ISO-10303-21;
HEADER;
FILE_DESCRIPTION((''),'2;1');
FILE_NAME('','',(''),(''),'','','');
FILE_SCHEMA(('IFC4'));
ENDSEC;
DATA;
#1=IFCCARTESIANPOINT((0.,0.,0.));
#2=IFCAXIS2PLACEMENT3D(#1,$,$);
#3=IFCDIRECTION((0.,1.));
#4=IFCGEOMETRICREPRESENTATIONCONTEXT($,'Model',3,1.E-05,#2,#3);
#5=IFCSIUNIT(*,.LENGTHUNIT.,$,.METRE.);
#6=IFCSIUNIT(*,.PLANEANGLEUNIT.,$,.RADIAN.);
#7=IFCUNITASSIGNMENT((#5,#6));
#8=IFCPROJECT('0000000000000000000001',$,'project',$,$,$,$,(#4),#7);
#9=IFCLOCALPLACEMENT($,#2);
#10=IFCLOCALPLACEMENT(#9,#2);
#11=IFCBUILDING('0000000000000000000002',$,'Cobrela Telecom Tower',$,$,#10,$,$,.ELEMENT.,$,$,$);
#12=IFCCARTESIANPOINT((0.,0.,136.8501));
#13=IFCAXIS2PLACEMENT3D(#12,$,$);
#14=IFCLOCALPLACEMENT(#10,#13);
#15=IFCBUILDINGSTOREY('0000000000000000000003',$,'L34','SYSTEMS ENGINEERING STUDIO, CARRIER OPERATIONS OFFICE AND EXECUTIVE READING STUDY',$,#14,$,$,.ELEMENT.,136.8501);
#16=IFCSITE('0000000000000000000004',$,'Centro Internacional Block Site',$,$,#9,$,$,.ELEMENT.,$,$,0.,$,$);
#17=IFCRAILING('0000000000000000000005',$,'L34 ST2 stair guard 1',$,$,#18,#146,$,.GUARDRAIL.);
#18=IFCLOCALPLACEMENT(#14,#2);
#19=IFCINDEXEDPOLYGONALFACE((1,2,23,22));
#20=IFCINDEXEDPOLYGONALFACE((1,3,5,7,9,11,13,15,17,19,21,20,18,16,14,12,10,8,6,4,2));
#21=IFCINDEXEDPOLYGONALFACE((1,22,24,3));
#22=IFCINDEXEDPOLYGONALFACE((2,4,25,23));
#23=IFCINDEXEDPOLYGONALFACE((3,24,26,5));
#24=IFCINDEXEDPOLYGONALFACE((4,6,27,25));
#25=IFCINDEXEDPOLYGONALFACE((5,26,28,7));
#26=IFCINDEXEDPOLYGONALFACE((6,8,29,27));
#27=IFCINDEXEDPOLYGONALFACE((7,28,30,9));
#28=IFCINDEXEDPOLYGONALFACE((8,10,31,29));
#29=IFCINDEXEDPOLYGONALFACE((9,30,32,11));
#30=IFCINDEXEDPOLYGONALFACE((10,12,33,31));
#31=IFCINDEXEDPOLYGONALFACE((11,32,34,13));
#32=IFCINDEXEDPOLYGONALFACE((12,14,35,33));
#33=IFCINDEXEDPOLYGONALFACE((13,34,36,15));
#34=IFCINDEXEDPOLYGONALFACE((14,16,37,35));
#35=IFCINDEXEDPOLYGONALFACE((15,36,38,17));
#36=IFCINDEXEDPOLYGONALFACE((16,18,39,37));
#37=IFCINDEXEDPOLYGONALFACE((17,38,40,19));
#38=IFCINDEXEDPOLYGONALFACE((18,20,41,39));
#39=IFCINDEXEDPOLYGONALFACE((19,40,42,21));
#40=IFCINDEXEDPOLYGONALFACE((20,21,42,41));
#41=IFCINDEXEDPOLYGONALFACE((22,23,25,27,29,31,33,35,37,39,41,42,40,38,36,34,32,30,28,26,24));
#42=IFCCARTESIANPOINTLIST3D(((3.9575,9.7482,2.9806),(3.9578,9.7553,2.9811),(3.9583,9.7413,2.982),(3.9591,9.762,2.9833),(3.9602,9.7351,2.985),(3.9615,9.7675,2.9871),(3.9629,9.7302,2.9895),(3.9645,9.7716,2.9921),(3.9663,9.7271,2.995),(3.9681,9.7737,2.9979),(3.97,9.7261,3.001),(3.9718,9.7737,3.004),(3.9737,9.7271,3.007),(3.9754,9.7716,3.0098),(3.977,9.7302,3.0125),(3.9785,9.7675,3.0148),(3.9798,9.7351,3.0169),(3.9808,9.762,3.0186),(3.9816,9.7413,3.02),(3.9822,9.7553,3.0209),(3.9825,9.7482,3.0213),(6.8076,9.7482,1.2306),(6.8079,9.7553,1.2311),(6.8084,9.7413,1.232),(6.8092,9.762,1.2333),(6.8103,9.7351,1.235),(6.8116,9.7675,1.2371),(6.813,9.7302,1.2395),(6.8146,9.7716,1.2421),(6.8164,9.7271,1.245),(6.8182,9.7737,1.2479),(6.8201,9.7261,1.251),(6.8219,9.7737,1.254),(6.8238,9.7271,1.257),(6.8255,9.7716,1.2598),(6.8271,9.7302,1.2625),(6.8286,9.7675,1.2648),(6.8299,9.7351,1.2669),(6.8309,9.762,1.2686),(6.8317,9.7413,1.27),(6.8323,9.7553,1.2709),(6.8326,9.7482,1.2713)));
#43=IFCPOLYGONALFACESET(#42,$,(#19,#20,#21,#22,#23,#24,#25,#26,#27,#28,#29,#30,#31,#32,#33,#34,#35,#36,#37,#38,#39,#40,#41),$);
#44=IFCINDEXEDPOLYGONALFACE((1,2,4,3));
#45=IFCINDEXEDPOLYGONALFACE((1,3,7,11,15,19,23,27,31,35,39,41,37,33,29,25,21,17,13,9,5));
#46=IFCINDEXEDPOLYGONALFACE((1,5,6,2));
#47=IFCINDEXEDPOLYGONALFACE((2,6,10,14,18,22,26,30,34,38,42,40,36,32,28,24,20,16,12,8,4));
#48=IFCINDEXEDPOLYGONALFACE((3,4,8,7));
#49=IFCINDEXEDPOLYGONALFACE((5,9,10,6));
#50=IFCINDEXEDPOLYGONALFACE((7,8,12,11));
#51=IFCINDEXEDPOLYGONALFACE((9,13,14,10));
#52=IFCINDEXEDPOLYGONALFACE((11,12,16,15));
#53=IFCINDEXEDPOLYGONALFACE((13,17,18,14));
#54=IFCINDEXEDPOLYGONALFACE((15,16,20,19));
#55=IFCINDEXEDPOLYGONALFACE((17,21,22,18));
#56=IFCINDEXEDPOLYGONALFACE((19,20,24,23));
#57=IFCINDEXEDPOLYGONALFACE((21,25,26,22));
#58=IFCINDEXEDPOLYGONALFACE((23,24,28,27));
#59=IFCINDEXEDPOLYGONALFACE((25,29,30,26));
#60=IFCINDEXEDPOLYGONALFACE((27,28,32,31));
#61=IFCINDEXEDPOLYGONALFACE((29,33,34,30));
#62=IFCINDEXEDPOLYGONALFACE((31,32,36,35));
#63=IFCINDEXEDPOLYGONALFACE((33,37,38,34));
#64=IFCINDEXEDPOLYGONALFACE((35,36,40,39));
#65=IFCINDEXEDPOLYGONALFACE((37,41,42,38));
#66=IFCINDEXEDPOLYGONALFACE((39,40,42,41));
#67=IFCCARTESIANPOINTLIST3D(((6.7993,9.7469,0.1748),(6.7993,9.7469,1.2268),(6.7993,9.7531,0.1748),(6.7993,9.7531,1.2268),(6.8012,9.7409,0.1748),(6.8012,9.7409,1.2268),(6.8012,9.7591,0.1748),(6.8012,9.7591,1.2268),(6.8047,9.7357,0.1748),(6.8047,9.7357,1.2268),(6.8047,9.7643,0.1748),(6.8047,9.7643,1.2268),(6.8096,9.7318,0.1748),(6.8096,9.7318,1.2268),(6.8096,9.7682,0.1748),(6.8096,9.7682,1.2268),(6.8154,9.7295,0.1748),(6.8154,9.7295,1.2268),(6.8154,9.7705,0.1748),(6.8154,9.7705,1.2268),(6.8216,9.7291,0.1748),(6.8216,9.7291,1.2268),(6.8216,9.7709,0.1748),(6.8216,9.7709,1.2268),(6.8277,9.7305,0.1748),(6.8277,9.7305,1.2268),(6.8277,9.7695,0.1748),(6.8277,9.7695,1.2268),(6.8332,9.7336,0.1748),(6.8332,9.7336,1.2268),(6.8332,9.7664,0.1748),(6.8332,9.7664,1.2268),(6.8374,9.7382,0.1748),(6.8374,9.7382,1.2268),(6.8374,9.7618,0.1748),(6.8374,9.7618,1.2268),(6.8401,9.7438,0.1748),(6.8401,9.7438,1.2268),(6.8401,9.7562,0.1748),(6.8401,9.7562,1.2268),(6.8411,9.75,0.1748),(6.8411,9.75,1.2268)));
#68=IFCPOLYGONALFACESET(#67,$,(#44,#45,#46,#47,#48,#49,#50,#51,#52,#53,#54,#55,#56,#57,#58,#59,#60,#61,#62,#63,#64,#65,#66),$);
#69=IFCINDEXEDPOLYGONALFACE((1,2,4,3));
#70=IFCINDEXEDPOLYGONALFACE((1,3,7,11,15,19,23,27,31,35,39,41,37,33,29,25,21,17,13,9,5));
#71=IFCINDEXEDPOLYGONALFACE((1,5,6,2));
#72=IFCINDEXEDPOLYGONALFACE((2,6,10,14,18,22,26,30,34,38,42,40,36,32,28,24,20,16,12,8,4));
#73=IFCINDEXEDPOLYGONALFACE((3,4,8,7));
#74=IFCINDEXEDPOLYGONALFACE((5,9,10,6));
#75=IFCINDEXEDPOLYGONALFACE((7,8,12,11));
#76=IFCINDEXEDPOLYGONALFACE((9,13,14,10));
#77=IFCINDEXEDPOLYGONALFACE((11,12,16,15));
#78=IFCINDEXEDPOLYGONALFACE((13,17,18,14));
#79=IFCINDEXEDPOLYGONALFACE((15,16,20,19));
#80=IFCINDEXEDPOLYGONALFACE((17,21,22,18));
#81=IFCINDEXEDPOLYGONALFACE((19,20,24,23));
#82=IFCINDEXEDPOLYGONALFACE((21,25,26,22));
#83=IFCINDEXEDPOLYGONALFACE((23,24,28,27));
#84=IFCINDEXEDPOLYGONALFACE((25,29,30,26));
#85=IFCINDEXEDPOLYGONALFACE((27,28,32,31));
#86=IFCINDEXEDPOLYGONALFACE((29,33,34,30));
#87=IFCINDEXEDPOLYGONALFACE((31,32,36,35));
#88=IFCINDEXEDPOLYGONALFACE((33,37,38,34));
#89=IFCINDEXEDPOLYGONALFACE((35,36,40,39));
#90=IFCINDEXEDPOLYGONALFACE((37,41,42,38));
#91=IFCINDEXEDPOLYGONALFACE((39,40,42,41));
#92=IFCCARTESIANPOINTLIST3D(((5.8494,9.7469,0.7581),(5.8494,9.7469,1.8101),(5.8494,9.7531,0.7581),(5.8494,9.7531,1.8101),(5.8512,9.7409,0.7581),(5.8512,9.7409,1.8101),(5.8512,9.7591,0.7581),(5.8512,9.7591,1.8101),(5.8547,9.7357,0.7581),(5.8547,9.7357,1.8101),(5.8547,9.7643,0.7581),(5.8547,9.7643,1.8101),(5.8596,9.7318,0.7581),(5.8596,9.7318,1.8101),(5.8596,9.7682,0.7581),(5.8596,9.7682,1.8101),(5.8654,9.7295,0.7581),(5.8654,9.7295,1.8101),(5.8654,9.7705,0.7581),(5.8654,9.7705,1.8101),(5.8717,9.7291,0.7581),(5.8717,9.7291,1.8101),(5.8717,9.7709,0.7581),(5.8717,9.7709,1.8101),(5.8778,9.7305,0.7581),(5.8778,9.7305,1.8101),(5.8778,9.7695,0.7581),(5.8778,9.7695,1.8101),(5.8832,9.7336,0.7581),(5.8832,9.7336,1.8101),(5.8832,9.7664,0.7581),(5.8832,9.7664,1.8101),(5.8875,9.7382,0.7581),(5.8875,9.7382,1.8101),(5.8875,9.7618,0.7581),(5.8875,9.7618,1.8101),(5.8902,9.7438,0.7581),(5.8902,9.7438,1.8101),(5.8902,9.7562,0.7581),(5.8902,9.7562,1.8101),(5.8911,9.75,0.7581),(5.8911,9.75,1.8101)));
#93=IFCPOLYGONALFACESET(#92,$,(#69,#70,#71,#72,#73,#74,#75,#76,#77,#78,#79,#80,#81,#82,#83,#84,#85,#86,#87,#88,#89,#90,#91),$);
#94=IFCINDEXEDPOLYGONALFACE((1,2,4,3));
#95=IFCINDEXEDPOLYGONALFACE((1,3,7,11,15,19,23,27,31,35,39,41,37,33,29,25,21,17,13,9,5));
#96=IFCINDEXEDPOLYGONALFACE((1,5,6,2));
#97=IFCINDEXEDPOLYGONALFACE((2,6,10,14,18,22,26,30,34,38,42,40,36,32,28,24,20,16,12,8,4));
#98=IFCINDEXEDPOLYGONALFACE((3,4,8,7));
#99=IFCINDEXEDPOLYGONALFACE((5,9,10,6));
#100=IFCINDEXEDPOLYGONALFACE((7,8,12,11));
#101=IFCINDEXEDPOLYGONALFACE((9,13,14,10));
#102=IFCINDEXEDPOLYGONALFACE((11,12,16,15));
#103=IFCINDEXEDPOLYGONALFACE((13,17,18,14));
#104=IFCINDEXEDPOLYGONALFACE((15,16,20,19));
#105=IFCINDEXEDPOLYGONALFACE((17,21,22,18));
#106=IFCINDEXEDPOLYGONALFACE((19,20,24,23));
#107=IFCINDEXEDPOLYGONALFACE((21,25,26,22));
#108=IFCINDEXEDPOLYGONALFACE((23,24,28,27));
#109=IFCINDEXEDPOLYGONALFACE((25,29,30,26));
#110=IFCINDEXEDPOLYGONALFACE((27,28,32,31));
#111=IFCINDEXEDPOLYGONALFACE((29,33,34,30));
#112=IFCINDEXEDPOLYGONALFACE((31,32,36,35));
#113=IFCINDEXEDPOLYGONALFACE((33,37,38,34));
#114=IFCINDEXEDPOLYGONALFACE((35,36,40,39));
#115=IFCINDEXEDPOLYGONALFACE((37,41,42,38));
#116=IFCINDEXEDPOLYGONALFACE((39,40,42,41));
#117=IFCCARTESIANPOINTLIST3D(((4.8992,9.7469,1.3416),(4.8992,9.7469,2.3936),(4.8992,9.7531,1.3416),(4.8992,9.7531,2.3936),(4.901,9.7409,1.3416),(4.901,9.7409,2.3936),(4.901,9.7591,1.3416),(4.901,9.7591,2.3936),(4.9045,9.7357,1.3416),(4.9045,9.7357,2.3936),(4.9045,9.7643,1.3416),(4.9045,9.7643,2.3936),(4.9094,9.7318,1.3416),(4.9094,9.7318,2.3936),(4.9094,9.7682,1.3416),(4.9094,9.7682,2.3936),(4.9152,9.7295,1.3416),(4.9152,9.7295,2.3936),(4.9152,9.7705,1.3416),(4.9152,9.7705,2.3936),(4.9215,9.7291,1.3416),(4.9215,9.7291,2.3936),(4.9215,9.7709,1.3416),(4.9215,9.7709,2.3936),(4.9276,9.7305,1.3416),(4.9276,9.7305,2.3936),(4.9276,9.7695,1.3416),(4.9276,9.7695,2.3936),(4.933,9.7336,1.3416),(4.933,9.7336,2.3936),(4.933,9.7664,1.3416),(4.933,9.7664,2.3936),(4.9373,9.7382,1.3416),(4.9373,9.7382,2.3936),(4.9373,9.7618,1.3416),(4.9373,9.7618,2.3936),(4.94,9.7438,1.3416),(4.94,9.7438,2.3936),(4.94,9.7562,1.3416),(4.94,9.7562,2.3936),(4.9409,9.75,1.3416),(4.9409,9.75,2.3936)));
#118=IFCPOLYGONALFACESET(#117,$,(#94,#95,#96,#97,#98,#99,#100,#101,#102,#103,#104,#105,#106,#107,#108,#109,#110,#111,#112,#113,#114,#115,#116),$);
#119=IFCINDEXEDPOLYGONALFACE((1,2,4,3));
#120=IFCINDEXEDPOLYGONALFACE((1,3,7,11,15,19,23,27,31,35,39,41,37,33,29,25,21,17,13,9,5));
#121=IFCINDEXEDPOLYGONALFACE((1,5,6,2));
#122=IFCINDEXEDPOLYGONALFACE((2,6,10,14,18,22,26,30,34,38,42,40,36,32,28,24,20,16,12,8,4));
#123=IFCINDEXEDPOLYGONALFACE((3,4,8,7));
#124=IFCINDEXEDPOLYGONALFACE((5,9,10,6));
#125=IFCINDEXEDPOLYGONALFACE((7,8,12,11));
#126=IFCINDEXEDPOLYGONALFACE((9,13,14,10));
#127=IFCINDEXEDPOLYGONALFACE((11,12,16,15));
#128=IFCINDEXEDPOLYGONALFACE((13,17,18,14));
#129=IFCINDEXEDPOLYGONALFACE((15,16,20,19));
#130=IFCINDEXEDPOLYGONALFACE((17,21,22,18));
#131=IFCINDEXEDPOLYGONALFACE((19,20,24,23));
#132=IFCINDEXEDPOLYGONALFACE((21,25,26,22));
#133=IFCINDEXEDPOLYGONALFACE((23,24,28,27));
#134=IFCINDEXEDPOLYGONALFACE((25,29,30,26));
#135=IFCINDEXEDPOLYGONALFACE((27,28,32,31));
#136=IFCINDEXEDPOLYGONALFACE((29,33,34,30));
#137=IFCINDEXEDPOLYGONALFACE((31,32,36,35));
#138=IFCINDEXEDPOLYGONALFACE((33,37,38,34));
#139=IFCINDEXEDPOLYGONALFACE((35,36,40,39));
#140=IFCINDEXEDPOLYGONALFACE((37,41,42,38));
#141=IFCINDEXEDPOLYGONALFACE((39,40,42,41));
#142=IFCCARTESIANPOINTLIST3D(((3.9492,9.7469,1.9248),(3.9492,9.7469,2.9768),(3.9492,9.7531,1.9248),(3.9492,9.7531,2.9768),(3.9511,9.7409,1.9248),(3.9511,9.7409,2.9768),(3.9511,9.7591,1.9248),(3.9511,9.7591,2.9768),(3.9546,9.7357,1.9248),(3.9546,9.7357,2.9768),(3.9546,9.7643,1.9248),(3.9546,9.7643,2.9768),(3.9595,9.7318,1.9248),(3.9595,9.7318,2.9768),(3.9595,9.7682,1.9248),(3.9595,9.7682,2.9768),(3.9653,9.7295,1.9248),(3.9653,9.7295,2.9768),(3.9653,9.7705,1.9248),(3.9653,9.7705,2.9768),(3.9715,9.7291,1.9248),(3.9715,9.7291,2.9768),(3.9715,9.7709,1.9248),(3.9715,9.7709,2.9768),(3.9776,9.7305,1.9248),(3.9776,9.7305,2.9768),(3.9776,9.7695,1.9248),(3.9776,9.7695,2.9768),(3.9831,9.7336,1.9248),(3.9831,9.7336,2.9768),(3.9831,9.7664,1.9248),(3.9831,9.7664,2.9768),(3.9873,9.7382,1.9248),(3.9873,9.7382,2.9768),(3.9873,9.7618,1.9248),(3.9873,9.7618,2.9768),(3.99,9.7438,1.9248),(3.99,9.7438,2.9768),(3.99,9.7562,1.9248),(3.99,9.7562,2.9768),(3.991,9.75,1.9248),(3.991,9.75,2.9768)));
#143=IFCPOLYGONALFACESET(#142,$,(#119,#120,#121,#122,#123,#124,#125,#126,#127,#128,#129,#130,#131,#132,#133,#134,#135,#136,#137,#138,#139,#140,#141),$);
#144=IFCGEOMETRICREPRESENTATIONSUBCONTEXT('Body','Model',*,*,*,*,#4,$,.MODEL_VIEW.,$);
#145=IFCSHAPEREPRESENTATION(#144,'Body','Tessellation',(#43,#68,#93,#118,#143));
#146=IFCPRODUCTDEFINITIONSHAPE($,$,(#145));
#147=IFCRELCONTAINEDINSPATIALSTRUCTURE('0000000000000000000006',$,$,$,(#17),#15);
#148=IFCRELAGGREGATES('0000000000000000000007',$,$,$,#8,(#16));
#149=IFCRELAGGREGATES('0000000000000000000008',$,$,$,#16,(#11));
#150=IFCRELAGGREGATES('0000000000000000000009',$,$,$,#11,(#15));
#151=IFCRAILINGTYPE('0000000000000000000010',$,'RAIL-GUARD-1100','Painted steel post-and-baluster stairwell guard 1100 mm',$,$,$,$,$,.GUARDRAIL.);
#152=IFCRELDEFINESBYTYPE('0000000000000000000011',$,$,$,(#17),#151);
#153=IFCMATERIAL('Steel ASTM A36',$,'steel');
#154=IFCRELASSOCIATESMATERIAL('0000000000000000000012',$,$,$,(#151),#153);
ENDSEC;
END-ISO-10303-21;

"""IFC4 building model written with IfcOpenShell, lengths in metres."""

from ifc_helpers import new_model, si_unit, direction, frame, origin, origin_2d, place, context, subcontext, project, spatial, circle, extrude, material, type_object, element, save


model = new_model("IFC4")

# Units and contexts
model_context = context("Model", 3, precision=1e-05, world=origin(), true_north=direction((0.0, 1.0)))
body_context = subcontext(model_context, "Body", "Model", "MODEL_VIEW")
ifc_project = project(units=[si_unit("LENGTHUNIT", "METRE"), si_unit("PLANEANGLEUNIT", "RADIAN")], contexts=[model_context])

# Site, building, storey
site_placement = place(None, origin())
site = spatial("IfcSite", under=ifc_project, at=site_placement, Name="Centro Internacional Block Site", CompositionType="ELEMENT", RefElevation=0.0)
building_placement = place(site_placement, origin())
building = spatial("IfcBuilding", under=site, at=building_placement, Name="Cobrela Telecom Tower", CompositionType="ELEMENT")
storey_placement = place(building_placement, frame((0.0, 0.0, 136.8501)))
storey = spatial("IfcBuildingStorey", under=building, at=storey_placement, Name="L34", Description="SYSTEMS ENGINEERING STUDIO, CARRIER OPERATIONS OFFICE AND EXECUTIVE READING STUDY", CompositionType="ELEMENT", Elevation=136.8501)

# Railing
ifc_material_1 = material(Name="Steel ASTM A36", Category="steel")
railing_type_1 = type_object("IfcRailingType", Name="RAIL-GUARD-1100", Description="Painted steel post-and-baluster stairwell guard 1100 mm", PredefinedType="GUARDRAIL", material=ifc_material_1)
railing_1_placement = place(storey_placement, frame((6.8201, 9.75, 0.1748)))
element("IfcRailing", 1, at=railing_1_placement, inside=storey, type_object=railing_type_1, Name="L34 ST2 stair guard 1", PredefinedType="GUARDRAIL", context=body_context, shape_type="SweptSolid", body=[
    extrude(circle(Radius=0.0239, at=origin_2d()), frame((0.0, 0.0, 1.0762), z_axis=(-0.852179, 0.0, 0.52325), x_axis=(0.0, -1.0, 0.0)), (0.0, 0.0, 1.0), 3.3445),
    extrude(circle(Radius=0.021, at=origin_2d()), origin(), (0.0, 0.0, 1.0), 1.052),
    extrude(circle(Radius=0.021, at=origin_2d()), frame((-0.95, 0.0, 0.5833)), (0.0, 0.0, 1.0), 1.052),
    extrude(circle(Radius=0.021, at=origin_2d()), frame((-1.9001, 0.0, 1.1667)), (0.0, 0.0, 1.0), 1.052),
    extrude(circle(Radius=0.021, at=origin_2d()), frame((-2.8501, 0.0, 1.75)), (0.0, 0.0, 1.0), 1.052),
])

save(model, "model.ifc")
